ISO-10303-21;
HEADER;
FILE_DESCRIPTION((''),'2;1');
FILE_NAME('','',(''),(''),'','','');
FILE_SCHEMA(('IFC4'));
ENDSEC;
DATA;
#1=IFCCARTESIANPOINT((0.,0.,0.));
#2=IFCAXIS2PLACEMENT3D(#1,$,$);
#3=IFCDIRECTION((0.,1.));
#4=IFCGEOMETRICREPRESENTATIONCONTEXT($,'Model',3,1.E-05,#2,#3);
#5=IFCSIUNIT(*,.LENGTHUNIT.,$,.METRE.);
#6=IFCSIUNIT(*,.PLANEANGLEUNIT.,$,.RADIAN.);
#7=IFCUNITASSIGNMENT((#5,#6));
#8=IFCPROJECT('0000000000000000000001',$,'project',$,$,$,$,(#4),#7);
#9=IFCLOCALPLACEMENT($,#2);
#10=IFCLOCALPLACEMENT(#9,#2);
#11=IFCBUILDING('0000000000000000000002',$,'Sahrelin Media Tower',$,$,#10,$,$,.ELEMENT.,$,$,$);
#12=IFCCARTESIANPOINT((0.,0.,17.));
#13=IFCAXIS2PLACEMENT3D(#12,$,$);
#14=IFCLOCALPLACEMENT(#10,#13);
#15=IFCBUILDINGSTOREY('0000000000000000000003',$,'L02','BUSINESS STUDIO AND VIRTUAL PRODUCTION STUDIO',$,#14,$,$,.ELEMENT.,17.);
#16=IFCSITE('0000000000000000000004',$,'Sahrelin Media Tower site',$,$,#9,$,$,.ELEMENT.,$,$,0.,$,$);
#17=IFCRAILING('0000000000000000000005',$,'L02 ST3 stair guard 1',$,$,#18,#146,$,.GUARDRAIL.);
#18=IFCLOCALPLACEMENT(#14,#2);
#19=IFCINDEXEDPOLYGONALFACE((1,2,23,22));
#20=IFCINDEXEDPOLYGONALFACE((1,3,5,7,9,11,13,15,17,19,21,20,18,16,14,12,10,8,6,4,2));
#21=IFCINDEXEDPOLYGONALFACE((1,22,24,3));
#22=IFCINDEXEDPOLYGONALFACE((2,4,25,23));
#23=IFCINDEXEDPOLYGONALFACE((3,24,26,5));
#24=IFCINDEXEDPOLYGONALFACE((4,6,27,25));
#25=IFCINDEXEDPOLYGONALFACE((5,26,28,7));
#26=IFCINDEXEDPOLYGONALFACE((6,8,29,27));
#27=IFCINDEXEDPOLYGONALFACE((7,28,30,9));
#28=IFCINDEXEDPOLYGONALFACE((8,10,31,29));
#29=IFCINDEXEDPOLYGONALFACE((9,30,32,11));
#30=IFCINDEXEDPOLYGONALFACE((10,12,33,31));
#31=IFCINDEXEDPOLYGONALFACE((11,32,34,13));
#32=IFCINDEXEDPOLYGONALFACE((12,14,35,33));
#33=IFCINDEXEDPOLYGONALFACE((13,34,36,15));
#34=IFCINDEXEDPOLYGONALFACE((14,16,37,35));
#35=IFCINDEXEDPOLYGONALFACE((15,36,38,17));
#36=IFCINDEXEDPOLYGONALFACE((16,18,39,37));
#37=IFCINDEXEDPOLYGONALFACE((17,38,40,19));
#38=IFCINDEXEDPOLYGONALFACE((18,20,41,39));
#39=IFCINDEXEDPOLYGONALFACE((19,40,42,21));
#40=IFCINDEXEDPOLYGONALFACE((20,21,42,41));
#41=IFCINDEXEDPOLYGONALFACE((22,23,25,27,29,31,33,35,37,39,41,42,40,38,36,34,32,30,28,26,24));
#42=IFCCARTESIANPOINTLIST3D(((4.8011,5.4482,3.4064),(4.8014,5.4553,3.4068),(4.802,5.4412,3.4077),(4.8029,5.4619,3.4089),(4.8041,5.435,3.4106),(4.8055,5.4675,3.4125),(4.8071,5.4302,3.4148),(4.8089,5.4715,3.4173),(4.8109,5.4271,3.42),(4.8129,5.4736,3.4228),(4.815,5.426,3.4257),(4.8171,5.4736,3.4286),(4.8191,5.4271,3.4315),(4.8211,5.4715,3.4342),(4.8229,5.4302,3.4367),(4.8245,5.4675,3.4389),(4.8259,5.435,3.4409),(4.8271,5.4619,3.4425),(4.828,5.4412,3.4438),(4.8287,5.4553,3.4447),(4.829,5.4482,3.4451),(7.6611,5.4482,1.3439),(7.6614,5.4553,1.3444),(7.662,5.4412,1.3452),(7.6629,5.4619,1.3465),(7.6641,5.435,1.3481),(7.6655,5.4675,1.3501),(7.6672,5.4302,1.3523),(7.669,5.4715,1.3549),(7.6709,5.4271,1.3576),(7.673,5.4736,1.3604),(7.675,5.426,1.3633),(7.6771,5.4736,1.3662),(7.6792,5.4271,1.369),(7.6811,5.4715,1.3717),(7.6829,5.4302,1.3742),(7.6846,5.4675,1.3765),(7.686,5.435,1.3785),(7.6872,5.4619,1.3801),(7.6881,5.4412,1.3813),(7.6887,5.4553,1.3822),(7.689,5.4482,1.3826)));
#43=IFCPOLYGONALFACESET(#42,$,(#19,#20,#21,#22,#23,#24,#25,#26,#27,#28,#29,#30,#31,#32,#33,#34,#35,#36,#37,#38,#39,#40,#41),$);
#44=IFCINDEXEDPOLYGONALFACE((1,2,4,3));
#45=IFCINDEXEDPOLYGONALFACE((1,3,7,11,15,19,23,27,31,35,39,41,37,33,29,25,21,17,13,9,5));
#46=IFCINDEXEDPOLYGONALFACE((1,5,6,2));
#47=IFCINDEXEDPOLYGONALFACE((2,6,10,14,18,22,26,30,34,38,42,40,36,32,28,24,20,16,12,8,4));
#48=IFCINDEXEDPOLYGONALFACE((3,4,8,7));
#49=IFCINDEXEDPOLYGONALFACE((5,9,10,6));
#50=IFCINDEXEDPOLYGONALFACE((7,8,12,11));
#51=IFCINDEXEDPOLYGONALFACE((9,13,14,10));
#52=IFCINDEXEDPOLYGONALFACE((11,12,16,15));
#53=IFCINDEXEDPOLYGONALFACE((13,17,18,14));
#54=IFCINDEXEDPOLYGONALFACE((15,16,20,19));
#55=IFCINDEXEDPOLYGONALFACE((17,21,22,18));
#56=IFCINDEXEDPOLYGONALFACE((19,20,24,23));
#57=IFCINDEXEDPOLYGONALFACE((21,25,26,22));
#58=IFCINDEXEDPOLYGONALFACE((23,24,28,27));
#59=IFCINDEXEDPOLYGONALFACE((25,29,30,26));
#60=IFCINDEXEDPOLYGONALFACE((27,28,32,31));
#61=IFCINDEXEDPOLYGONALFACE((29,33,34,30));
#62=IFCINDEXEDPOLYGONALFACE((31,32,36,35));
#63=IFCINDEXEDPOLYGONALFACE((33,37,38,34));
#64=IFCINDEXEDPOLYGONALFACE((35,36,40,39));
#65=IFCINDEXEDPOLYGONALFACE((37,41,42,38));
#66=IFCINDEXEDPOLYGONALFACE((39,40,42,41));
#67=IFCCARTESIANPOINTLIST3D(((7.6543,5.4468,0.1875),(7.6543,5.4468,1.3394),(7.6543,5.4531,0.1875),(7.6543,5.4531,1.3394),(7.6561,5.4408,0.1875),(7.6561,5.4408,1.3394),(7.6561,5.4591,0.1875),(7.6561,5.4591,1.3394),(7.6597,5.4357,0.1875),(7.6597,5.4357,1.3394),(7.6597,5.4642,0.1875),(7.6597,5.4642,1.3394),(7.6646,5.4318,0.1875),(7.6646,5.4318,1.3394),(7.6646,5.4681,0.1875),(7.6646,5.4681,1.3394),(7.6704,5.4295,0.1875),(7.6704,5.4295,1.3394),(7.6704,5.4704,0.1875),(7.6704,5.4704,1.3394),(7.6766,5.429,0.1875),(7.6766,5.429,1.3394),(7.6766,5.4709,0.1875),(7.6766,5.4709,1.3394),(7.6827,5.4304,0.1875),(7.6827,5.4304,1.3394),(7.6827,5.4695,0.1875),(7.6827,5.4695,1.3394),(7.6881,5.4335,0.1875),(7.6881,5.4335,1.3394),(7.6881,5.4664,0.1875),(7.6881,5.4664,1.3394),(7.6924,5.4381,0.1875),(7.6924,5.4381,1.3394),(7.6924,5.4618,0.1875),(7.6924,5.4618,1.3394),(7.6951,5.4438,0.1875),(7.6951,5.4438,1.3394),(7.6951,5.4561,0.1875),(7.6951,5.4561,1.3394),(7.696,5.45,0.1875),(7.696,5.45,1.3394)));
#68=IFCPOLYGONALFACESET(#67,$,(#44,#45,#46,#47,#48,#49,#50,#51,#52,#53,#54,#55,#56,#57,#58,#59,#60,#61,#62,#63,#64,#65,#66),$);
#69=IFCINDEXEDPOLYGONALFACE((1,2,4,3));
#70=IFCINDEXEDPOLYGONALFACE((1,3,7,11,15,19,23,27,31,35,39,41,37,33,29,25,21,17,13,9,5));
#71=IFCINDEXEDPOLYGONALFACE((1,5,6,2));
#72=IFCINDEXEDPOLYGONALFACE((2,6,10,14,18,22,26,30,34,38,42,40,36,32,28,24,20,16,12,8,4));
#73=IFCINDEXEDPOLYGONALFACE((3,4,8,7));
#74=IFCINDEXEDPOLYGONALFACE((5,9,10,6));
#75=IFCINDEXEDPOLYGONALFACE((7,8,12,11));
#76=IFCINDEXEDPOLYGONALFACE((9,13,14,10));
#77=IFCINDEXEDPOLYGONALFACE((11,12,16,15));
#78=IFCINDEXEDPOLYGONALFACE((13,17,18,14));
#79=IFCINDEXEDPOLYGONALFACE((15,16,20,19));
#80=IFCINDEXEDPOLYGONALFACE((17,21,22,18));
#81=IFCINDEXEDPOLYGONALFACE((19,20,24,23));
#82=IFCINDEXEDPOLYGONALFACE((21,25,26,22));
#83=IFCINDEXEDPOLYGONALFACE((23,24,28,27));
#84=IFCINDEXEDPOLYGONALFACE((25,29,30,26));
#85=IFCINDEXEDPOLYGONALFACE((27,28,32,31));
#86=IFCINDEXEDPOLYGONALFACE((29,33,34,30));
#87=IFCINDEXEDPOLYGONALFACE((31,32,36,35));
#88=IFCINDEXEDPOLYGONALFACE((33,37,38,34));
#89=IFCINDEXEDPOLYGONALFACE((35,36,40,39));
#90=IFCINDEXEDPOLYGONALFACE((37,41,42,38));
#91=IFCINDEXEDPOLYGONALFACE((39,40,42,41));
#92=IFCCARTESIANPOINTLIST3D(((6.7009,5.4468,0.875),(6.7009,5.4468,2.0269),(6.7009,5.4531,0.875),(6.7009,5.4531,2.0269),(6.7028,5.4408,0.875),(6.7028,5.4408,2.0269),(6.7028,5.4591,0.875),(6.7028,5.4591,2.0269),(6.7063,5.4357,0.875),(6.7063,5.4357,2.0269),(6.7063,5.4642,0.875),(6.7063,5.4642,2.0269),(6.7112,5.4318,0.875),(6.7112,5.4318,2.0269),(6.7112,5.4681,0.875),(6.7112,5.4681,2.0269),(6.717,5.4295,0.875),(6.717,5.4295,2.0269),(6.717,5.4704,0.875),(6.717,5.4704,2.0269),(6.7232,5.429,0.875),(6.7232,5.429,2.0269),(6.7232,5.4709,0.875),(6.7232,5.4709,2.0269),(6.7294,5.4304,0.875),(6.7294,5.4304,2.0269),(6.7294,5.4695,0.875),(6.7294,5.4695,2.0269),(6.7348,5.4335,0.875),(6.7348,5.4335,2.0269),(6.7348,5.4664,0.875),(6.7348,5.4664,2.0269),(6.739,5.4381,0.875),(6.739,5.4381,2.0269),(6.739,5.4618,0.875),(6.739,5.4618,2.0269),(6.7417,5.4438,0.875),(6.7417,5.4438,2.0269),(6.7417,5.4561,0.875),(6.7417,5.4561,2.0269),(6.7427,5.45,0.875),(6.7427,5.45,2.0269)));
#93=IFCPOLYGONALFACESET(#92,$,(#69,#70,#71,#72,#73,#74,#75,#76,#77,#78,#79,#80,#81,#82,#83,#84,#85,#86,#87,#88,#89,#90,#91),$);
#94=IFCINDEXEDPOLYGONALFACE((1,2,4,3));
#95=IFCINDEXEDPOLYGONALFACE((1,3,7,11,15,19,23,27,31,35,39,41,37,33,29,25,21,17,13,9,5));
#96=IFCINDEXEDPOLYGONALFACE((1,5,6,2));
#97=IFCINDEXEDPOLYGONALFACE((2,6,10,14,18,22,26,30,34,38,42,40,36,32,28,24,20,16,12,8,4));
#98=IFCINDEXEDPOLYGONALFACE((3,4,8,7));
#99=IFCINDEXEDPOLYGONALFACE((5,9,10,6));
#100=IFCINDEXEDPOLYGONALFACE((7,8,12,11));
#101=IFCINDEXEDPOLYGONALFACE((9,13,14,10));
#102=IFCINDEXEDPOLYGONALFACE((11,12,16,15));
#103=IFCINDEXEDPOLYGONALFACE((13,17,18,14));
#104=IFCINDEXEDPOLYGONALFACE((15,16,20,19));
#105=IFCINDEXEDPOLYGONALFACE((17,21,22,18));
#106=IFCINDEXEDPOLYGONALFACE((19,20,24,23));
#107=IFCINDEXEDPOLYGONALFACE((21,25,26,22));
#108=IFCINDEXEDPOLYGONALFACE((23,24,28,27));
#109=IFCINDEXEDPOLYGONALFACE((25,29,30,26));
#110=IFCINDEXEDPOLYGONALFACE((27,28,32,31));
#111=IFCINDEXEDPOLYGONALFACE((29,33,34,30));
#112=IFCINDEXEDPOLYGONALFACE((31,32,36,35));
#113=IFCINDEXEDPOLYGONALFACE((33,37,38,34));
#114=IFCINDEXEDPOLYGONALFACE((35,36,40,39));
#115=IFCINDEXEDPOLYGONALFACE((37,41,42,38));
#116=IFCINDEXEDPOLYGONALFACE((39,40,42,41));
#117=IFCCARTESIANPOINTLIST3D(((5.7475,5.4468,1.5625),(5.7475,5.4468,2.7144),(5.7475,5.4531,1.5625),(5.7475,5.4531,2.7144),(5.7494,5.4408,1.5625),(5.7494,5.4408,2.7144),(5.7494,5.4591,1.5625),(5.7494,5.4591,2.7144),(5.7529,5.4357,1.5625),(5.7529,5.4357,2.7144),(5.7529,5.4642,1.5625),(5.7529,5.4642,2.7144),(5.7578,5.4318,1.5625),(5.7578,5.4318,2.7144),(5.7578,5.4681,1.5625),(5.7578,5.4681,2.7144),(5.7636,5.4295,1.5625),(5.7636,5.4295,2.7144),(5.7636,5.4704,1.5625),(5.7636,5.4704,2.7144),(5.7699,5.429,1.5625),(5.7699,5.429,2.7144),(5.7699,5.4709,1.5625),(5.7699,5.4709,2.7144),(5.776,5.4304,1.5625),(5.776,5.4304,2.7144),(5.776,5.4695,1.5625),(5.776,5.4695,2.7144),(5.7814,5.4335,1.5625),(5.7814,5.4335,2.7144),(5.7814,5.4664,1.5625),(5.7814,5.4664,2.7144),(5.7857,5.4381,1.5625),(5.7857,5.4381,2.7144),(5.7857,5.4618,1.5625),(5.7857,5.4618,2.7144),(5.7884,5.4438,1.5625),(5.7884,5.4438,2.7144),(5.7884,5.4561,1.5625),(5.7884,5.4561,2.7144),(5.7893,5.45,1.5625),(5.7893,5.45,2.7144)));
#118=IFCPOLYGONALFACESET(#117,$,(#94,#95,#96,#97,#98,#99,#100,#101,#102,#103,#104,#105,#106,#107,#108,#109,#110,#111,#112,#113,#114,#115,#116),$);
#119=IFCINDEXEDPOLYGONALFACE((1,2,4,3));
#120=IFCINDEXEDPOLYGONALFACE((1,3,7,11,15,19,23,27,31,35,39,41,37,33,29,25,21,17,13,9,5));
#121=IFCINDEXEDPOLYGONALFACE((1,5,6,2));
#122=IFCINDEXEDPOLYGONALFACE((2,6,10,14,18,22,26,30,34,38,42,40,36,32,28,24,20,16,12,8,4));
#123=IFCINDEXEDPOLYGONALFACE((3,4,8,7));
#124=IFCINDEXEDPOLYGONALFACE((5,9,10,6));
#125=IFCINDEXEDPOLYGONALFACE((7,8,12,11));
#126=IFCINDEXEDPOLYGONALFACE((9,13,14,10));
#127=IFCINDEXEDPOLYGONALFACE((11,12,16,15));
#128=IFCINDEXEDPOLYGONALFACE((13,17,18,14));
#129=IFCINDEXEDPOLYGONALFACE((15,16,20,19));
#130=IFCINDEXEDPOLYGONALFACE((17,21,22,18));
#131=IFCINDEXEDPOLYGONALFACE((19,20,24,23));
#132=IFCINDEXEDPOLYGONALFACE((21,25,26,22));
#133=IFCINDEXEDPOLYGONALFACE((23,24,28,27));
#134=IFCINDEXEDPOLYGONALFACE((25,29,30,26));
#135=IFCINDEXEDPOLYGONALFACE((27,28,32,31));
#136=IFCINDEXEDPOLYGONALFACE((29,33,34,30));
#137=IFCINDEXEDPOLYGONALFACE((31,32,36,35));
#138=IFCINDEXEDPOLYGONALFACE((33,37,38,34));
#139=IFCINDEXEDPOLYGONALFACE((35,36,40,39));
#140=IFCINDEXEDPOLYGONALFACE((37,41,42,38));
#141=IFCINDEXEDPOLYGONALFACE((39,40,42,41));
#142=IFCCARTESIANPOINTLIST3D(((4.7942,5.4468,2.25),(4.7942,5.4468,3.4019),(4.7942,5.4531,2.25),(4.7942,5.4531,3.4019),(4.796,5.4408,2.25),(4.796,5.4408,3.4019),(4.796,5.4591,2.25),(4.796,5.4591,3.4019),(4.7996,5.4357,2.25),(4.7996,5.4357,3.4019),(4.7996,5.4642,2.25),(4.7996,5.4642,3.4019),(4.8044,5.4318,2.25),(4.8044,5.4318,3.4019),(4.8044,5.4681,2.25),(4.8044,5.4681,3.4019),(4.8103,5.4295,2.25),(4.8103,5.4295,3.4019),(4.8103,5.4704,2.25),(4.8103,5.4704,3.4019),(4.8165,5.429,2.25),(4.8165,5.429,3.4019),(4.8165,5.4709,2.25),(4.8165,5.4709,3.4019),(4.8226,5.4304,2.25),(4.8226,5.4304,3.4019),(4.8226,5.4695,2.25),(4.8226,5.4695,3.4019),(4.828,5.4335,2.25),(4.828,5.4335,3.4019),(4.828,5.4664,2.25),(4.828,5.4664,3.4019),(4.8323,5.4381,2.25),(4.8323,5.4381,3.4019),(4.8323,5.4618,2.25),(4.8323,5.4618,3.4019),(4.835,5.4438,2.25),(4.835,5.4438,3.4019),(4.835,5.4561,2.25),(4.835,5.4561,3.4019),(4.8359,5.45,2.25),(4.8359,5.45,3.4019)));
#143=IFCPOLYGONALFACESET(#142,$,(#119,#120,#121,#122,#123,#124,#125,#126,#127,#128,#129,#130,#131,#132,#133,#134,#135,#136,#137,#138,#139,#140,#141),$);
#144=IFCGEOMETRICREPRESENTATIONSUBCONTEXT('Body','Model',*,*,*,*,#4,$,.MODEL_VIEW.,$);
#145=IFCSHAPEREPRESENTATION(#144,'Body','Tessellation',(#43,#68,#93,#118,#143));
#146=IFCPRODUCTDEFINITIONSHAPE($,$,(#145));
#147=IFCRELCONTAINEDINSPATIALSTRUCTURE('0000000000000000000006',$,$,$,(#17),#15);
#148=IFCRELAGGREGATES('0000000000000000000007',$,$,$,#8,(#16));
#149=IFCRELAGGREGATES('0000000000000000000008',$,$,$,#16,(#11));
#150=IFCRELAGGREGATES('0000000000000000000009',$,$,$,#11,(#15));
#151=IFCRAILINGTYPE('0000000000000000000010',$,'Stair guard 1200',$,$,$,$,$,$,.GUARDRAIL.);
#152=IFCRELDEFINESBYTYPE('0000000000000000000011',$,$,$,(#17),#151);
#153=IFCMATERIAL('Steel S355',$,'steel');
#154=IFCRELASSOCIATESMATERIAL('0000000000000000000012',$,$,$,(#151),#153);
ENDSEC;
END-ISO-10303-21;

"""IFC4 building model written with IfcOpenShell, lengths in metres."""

from ifc_helpers import new_model, si_unit, direction, frame, origin, origin_2d, place, context, subcontext, project, spatial, circle, extrude, material, type_object, element, save


model = new_model("IFC4")

# Units and contexts
model_context = context("Model", 3, precision=1e-05, world=origin(), true_north=direction((0.0, 1.0)))
body_context = subcontext(model_context, "Body", "Model", "MODEL_VIEW")
ifc_project = project(units=[si_unit("LENGTHUNIT", "METRE"), si_unit("PLANEANGLEUNIT", "RADIAN")], contexts=[model_context])

# Site, building, storey
site_placement = place(None, origin())
site = spatial("IfcSite", under=ifc_project, at=site_placement, Name="Sahrelin Media Tower site", CompositionType="ELEMENT", RefElevation=0.0)
building_placement = place(site_placement, origin())
building = spatial("IfcBuilding", under=site, at=building_placement, Name="Sahrelin Media Tower", CompositionType="ELEMENT")
storey_placement = place(building_placement, frame((0.0, 0.0, 17.0)))
storey = spatial("IfcBuildingStorey", under=building, at=storey_placement, Name="L02", Description="BUSINESS STUDIO AND VIRTUAL PRODUCTION STUDIO", CompositionType="ELEMENT", Elevation=17.0)

# Shared definitions
ifc_material_1 = material(Name="Steel S355", Category="steel")

# Railing
railing_type_1 = type_object("IfcRailingType", Name="Stair guard 1200", PredefinedType="GUARDRAIL", material=ifc_material_1)
railing_1_placement = place(storey_placement, frame((7.675, 5.45, 0.1875)))
element("IfcRailing", 1, at=railing_1_placement, inside=storey, type_object=railing_type_1, Name="L02 ST3 stair guard 1", PredefinedType="GUARDRAIL", context=body_context, shape_type="SweptSolid", body=[
    extrude(circle(Radius=0.0239, at=origin_2d()), frame((0.0, 0.0, 1.1758), z_axis=(-0.811101, 0.0, 0.584906), x_axis=(0.0, -1.0, 0.0)), (0.0, 0.0, 1.0), 3.5261),
    extrude(circle(Radius=0.021, at=origin_2d()), origin(), (0.0, 0.0, 1.0), 1.1519),
    extrude(circle(Radius=0.021, at=origin_2d()), frame((-0.9534, 0.0, 0.6875)), (0.0, 0.0, 1.0), 1.1519),
    extrude(circle(Radius=0.021, at=origin_2d()), frame((-1.9067, 0.0, 1.375)), (0.0, 0.0, 1.0), 1.1519),
    extrude(circle(Radius=0.021, at=origin_2d()), frame((-2.8601, 0.0, 2.0625)), (0.0, 0.0, 1.0), 1.1519),
])

save(model, "model.ifc")
